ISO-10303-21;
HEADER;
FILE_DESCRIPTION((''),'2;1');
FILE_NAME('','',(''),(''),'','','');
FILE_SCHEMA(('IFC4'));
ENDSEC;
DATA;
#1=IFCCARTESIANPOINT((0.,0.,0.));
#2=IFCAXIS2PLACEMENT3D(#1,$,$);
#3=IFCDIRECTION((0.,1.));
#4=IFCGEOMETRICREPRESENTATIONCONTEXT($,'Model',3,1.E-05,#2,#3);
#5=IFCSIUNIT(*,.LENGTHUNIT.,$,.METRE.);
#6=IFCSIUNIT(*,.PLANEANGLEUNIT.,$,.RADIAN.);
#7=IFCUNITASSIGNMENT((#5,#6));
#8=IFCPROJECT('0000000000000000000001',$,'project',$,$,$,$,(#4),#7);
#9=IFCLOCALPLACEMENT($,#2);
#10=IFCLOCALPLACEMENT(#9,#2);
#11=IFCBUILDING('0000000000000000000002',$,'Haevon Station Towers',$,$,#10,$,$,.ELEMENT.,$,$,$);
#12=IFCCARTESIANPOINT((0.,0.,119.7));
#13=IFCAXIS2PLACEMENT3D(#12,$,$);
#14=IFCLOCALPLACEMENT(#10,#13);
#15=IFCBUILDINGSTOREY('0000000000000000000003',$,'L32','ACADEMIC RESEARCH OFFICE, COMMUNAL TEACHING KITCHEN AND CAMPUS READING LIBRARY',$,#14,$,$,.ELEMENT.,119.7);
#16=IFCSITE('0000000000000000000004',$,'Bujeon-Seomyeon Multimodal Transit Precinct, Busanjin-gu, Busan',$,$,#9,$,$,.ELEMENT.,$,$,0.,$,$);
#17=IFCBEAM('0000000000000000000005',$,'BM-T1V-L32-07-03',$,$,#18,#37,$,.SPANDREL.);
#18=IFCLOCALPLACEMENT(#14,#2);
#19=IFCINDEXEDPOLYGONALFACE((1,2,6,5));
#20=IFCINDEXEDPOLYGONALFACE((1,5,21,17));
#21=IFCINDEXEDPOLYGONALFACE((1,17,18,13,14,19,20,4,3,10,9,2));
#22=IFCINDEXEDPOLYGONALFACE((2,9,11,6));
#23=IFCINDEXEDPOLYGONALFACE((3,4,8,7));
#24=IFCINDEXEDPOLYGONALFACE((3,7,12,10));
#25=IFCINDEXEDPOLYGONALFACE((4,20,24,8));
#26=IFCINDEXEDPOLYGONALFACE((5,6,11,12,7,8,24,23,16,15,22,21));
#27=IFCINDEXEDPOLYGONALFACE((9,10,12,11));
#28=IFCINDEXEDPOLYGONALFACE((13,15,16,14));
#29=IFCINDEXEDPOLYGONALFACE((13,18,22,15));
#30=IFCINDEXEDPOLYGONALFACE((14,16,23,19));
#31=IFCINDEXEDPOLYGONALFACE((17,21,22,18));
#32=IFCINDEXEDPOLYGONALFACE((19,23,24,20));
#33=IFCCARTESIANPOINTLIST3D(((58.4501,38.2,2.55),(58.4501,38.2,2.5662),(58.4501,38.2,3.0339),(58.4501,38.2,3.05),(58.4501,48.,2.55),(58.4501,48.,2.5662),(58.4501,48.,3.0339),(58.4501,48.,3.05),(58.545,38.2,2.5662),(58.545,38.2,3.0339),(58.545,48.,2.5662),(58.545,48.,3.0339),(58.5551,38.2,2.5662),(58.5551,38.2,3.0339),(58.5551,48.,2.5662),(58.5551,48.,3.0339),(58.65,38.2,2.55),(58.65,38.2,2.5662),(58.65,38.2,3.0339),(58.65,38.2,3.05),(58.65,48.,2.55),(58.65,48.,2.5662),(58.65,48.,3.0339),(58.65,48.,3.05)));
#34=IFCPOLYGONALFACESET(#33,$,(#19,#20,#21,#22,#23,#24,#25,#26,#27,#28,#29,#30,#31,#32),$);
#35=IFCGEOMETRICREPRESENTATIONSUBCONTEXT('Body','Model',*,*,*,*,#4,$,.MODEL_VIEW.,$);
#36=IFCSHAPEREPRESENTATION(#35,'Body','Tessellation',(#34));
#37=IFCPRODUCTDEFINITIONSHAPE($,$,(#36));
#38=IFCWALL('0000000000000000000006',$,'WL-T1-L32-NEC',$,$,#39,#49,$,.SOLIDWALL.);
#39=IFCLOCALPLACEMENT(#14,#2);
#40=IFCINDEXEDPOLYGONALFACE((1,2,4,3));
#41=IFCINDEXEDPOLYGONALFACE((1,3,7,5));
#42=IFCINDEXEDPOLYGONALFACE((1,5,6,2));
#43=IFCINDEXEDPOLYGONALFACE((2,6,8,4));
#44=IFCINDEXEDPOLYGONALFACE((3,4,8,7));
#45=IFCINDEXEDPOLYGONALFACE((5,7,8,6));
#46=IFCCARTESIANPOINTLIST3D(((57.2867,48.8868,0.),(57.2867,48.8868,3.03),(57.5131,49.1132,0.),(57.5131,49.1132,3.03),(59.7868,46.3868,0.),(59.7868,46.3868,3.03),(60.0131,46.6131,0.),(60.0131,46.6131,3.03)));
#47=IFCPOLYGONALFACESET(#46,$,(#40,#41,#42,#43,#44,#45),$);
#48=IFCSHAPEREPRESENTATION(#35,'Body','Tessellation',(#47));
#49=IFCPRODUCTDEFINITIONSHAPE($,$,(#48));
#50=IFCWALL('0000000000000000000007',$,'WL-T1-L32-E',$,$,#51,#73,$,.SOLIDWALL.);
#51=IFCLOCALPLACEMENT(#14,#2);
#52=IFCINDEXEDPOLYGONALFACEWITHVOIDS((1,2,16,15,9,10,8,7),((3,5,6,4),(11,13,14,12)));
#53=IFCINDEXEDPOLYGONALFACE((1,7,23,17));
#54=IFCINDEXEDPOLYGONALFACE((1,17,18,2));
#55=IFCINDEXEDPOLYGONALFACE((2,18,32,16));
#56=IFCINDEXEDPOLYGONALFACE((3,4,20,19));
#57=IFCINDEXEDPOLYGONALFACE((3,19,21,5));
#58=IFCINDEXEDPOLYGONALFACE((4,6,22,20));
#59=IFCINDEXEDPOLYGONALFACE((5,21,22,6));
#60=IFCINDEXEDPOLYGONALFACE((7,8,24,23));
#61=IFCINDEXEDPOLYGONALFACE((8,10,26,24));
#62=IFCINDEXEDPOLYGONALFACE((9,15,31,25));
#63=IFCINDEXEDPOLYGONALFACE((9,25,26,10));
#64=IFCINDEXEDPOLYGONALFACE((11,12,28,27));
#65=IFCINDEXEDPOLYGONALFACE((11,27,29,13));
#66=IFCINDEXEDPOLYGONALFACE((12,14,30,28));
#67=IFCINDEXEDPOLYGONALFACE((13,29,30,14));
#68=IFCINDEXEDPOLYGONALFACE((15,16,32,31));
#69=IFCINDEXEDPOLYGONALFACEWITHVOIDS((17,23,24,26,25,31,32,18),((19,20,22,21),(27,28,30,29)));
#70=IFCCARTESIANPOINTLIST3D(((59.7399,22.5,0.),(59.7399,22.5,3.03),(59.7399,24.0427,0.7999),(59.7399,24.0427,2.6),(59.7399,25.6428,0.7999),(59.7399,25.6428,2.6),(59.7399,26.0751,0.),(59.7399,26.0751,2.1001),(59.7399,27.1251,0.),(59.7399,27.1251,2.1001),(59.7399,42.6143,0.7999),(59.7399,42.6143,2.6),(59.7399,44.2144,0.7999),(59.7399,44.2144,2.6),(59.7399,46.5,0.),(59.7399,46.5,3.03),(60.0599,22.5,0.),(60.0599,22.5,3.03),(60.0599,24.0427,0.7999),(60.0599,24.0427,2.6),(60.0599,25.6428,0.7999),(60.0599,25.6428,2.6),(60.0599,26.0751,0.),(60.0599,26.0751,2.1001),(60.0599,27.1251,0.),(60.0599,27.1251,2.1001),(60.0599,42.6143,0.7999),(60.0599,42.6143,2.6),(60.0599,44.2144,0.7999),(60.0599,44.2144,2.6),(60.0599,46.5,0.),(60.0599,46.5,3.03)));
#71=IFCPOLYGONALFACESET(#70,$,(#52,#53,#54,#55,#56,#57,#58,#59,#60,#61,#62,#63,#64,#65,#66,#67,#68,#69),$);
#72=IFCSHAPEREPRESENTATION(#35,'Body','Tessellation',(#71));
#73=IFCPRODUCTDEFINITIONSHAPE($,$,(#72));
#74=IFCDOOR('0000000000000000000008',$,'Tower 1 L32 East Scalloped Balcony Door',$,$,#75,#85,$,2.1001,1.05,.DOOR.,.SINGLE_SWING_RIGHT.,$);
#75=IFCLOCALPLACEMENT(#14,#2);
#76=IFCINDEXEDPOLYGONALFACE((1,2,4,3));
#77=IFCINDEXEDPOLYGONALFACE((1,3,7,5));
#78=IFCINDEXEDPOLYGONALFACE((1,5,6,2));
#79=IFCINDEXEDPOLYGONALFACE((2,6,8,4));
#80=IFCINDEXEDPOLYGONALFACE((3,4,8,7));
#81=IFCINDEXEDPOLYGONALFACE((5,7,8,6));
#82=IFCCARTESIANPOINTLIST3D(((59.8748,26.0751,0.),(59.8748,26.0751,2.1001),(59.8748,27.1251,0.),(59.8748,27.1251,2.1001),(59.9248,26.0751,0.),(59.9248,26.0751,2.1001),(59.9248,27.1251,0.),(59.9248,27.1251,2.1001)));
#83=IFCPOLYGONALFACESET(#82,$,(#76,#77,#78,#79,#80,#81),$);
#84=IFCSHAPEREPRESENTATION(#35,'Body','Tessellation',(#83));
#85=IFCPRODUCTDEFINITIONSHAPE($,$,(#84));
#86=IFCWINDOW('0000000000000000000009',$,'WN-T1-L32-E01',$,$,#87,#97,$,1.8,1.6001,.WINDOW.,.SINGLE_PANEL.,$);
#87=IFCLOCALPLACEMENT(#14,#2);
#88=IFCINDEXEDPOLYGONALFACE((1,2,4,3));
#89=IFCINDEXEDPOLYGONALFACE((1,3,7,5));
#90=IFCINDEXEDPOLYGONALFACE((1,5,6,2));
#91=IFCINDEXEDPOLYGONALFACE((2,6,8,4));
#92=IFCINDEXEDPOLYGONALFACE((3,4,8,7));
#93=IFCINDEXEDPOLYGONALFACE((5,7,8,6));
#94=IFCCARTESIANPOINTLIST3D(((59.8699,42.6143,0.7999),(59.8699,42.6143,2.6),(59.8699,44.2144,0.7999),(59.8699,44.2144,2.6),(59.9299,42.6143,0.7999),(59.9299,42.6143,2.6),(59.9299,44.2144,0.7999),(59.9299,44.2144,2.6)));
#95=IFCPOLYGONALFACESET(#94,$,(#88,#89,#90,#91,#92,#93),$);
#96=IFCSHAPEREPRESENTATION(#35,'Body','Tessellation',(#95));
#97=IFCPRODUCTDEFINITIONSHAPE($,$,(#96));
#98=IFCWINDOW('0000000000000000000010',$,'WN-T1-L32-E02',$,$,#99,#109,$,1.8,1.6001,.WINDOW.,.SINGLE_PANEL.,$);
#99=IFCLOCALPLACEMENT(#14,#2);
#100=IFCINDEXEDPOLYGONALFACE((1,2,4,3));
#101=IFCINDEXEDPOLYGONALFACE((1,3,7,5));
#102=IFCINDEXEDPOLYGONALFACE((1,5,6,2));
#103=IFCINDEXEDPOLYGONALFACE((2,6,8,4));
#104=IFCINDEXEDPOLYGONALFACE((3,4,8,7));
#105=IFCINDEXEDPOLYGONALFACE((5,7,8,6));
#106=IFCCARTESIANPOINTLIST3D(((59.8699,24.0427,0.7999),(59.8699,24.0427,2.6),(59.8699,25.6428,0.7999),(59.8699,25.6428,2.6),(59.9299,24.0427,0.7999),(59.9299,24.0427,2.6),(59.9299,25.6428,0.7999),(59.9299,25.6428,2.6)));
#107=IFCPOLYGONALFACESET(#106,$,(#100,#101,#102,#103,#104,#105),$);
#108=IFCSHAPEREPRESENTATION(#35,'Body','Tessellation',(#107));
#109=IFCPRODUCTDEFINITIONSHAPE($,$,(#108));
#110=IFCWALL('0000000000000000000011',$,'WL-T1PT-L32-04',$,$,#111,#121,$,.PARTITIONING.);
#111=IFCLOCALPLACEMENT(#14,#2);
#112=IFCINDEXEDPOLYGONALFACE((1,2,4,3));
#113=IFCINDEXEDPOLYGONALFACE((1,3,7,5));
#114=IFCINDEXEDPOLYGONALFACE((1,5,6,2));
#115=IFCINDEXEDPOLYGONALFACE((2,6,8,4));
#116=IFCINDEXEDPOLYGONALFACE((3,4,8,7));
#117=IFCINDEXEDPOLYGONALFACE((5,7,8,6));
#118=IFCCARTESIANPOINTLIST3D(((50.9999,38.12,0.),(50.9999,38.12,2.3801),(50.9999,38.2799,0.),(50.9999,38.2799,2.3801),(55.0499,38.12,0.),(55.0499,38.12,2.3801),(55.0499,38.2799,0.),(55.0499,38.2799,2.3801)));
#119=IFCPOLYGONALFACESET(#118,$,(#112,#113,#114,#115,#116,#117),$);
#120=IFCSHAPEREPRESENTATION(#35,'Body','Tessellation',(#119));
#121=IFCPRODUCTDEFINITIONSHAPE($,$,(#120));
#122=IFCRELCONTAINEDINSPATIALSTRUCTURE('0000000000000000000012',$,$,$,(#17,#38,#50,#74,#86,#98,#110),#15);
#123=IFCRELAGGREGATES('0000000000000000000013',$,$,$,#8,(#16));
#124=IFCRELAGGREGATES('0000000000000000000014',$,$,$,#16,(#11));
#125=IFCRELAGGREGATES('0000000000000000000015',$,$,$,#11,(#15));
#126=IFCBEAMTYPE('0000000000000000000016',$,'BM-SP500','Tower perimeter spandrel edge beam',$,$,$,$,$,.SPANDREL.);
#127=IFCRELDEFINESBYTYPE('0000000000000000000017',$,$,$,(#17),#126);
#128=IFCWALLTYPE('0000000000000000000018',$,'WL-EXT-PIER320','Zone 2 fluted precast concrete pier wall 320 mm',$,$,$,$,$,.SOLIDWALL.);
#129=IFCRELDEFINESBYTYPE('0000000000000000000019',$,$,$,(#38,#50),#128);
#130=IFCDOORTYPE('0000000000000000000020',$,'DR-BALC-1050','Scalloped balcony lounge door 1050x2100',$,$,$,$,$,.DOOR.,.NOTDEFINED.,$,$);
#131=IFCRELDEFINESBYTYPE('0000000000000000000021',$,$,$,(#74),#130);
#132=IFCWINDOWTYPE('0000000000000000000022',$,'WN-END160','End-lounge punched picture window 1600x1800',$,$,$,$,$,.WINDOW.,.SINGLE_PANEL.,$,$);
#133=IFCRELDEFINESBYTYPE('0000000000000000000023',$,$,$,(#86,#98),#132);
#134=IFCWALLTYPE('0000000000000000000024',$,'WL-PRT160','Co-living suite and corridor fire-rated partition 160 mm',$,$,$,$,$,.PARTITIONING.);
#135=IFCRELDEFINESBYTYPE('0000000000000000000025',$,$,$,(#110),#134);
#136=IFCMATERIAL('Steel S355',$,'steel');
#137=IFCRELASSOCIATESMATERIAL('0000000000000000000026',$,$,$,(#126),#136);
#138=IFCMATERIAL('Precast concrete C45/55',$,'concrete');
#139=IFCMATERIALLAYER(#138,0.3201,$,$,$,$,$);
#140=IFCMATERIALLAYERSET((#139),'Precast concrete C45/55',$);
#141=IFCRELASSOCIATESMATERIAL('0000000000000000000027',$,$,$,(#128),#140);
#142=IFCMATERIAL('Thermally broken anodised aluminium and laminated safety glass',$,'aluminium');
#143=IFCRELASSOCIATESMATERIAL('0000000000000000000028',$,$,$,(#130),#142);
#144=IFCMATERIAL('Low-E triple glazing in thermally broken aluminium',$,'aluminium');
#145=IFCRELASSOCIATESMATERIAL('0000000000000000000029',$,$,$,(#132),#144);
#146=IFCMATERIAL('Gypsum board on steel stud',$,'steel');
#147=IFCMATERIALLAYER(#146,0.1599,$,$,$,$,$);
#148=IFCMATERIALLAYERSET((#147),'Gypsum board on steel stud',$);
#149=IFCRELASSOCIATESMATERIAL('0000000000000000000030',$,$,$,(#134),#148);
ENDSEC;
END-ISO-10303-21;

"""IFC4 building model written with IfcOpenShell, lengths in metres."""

from ifc_helpers import new_model, si_unit, direction, frame, frame_2d, origin, origin_2d, place, context, subcontext, project, spatial, rectangle, i_section, extrude, material, layer, layer_set, material_profile, profile_set, type_object, element, fill, save


model = new_model("IFC4")

# Units and contexts
model_context = context("Model", 3, precision=1e-05, world=origin(), true_north=direction((0.0, 1.0)))
body_context = subcontext(model_context, "Body", "Model", "MODEL_VIEW")
ifc_project = project(units=[si_unit("LENGTHUNIT", "METRE"), si_unit("PLANEANGLEUNIT", "RADIAN")], contexts=[model_context])

# Site, building, storey
site_placement = place(None, origin())
site = spatial("IfcSite", under=ifc_project, at=site_placement, Name="Bujeon-Seomyeon Multimodal Transit Precinct, Busanjin-gu, Busan", CompositionType="ELEMENT", RefElevation=0.0)
building_placement = place(site_placement, origin())
building = spatial("IfcBuilding", under=site, at=building_placement, Name="Haevon Station Towers", CompositionType="ELEMENT")
storey_placement = place(building_placement, frame((0.0, 0.0, 119.7)))
storey = spatial("IfcBuildingStorey", under=building, at=storey_placement, Name="L32", Description="ACADEMIC RESEARCH OFFICE, COMMUNAL TEACHING KITCHEN AND CAMPUS READING LIBRARY", CompositionType="ELEMENT", Elevation=119.7)

# Beam
ifc_material_1 = material(Name="Steel S355", Category="steel")
ifc_material_profile_1 = material_profile(ifc_material_1, i_section(OverallWidth=0.2, OverallDepth=0.5, WebThickness=0.01, FlangeThickness=0.0161, at=origin_2d()), Name="H-500x200x10x16")
ifc_profile_set_1 = profile_set([ifc_material_profile_1], Name="Steel S355")
beam_type_1 = type_object("IfcBeamType", Name="BM-SP500", Description="Tower perimeter spandrel edge beam", PredefinedType="SPANDREL", material=ifc_profile_set_1)
beam_1_placement = place(storey_placement, frame((58.55, 38.2, 2.8), z_axis=(0.0, 1.0, 0.0), x_axis=(-1.0, 0.0, 0.0)))
element("IfcBeam", 1, at=beam_1_placement, inside=storey, type_object=beam_type_1, Name="BM-T1V-L32-07-03", PredefinedType="SPANDREL", context=body_context, shape_type="SweptSolid", body=[
    extrude(i_section(OverallWidth=0.2, OverallDepth=0.5, WebThickness=0.01, FlangeThickness=0.0161, at=origin_2d()), origin(), (0.0, 0.0, 1.0), 9.8),
])

# Wall
ifc_material_2 = material(Name="Precast concrete C45/55", Category="concrete")
ifc_layer_1 = layer(ifc_material_2, 0.3201)
ifc_layer_set_1 = layer_set([ifc_layer_1], Name="Precast concrete C45/55")
wall_type_1 = type_object("IfcWallType", Name="WL-EXT-PIER320", Description="Zone 2 fluted precast concrete pier wall 320 mm", PredefinedType="SOLIDWALL", material=ifc_layer_set_1)
wall_1_placement = place(storey_placement, frame((57.3999, 49.0, 0.0), z_axis=(0.0, 0.0, 1.0), x_axis=(0.707107, -0.707107, 0.0)))
element("IfcWall", 2, at=wall_1_placement, inside=storey, type_object=wall_type_1, Name="WL-T1-L32-NEC", PredefinedType="SOLIDWALL", context=body_context, shape_type="SweptSolid", body=[
    extrude(rectangle(XDim=3.5356, YDim=0.3201, at=frame_2d((1.7678, 0.0))), origin(), (0.0, 0.0, 1.0), 3.03),
])

# Wall, openings, door, windows
wall_2_placement = place(storey_placement, frame((59.8999, 46.5, 0.0), z_axis=(0.0, 0.0, 1.0), x_axis=(0.0, -1.0, 0.0)))
wall_2 = element("IfcWall", 3, at=wall_2_placement, inside=storey, type_object=wall_type_1, Name="WL-T1-L32-E", PredefinedType="SOLIDWALL", context=body_context, shape_type="SweptSolid", body=[
    extrude(rectangle(XDim=24.0, YDim=0.3201, at=frame_2d((12.0, 0.0))), origin(), (0.0, 0.0, 1.0), 3.03),
])
opening_1_placement = place(wall_2_placement, frame((19.375, 0.0, 0.0)))
opening_1 = element("IfcOpeningElement", 4, at=opening_1_placement, cuts=wall_2, PredefinedType="OPENING", context=body_context, shape_type="SweptSolid", body=[
    extrude(rectangle(XDim=1.05, YDim=2.1001, at=frame_2d((0.5249, 1.05))), frame((0.0, 0.1699, 0.0), z_axis=(0.0, -1.0, 0.0), x_axis=(1.0, 0.0, 0.0)), (0.0, 0.0, 1.0), 0.3401),
])
opening_2_placement = place(wall_2_placement, frame((2.2856, 0.0, 0.8)))
opening_2 = element("IfcOpeningElement", 5, at=opening_2_placement, cuts=wall_2, PredefinedType="OPENING", context=body_context, shape_type="SweptSolid", body=[
    extrude(rectangle(XDim=1.6001, YDim=1.8, at=frame_2d((0.8, 0.8999))), frame((0.0, 0.1699, 0.0), z_axis=(0.0, -1.0, 0.0), x_axis=(1.0, 0.0, 0.0)), (0.0, 0.0, 1.0), 0.3401),
])
opening_3_placement = place(wall_2_placement, frame((20.8572, 0.0, 0.8)))
opening_3 = element("IfcOpeningElement", 6, at=opening_3_placement, cuts=wall_2, PredefinedType="OPENING", context=body_context, shape_type="SweptSolid", body=[
    extrude(rectangle(XDim=1.6001, YDim=1.8, at=frame_2d((0.8, 0.8999))), frame((0.0, 0.1699, 0.0), z_axis=(0.0, -1.0, 0.0), x_axis=(1.0, 0.0, 0.0)), (0.0, 0.0, 1.0), 0.3401),
])
ifc_material_3 = material(Name="Thermally broken anodised aluminium and laminated safety glass", Category="aluminium")
door_type = type_object("IfcDoorType", Name="DR-BALC-1050", Description="Scalloped balcony lounge door 1050x2100", OperationType="NOTDEFINED", PredefinedType="DOOR", material=ifc_material_3)
door_placement = place(opening_1_placement, origin())
door = element("IfcDoor", 7, at=door_placement, inside=storey, type_object=door_type, Name="Tower 1 L32 East Scalloped Balcony Door", OperationType="SINGLE_SWING_RIGHT", OverallHeight=2.1001, OverallWidth=1.05, PredefinedType="DOOR", context=body_context, shape_type="SweptSolid", body=[
    extrude(rectangle(XDim=1.05, YDim=2.1001, at=frame_2d((0.5249, 1.05))), frame((0.0, 0.0249, 0.0), z_axis=(0.0, -1.0, 0.0), x_axis=(1.0, 0.0, 0.0)), (0.0, 0.0, 1.0), 0.05),
])
fill(opening_1, door)
ifc_material_4 = material(Name="Low-E triple glazing in thermally broken aluminium", Category="aluminium")
window_type = type_object("IfcWindowType", Name="WN-END160", Description="End-lounge punched picture window 1600x1800", PartitioningType="SINGLE_PANEL", PredefinedType="WINDOW", material=ifc_material_4)
window_1_placement = place(opening_2_placement, origin())
window_1 = element("IfcWindow", 8, at=window_1_placement, inside=storey, type_object=window_type, Name="WN-T1-L32-E01", OverallHeight=1.8, OverallWidth=1.6001, PartitioningType="SINGLE_PANEL", PredefinedType="WINDOW", context=body_context, shape_type="SweptSolid", body=[
    extrude(rectangle(XDim=1.6001, YDim=1.8, at=frame_2d((0.8, 0.8999))), frame((0.0, 0.03, 0.0), z_axis=(0.0, -1.0, 0.0), x_axis=(1.0, 0.0, 0.0)), (0.0, 0.0, 1.0), 0.0601),
])
fill(opening_2, window_1)
window_2_placement = place(opening_3_placement, origin())
window_2 = element("IfcWindow", 9, at=window_2_placement, inside=storey, type_object=window_type, Name="WN-T1-L32-E02", OverallHeight=1.8, OverallWidth=1.6001, PartitioningType="SINGLE_PANEL", PredefinedType="WINDOW", context=body_context, shape_type="SweptSolid", body=[
    extrude(rectangle(XDim=1.6001, YDim=1.8, at=frame_2d((0.8, 0.8999))), frame((0.0, 0.03, 0.0), z_axis=(0.0, -1.0, 0.0), x_axis=(1.0, 0.0, 0.0)), (0.0, 0.0, 1.0), 0.0601),
])
fill(opening_3, window_2)

# Wall
ifc_material_5 = material(Name="Gypsum board on steel stud", Category="steel")
ifc_layer_2 = layer(ifc_material_5, 0.1599)
ifc_layer_set_2 = layer_set([ifc_layer_2], Name="Gypsum board on steel stud")
wall_type_2 = type_object("IfcWallType", Name="WL-PRT160", Description="Co-living suite and corridor fire-rated partition 160 mm", PredefinedType="PARTITIONING", material=ifc_layer_set_2)
wall_3_placement = place(storey_placement, frame((51.0, 38.2, 0.0), z_axis=(0.0, 0.0, 1.0), x_axis=(1.0, 0.0, 0.0)))
element("IfcWall", 10, at=wall_3_placement, inside=storey, type_object=wall_type_2, Name="WL-T1PT-L32-04", PredefinedType="PARTITIONING", context=body_context, shape_type="SweptSolid", body=[
    extrude(rectangle(XDim=4.05, YDim=0.1599, at=frame_2d((2.0249, 0.0))), origin(), (0.0, 0.0, 1.0), 2.3801),
])

save(model, "model.ifc")
